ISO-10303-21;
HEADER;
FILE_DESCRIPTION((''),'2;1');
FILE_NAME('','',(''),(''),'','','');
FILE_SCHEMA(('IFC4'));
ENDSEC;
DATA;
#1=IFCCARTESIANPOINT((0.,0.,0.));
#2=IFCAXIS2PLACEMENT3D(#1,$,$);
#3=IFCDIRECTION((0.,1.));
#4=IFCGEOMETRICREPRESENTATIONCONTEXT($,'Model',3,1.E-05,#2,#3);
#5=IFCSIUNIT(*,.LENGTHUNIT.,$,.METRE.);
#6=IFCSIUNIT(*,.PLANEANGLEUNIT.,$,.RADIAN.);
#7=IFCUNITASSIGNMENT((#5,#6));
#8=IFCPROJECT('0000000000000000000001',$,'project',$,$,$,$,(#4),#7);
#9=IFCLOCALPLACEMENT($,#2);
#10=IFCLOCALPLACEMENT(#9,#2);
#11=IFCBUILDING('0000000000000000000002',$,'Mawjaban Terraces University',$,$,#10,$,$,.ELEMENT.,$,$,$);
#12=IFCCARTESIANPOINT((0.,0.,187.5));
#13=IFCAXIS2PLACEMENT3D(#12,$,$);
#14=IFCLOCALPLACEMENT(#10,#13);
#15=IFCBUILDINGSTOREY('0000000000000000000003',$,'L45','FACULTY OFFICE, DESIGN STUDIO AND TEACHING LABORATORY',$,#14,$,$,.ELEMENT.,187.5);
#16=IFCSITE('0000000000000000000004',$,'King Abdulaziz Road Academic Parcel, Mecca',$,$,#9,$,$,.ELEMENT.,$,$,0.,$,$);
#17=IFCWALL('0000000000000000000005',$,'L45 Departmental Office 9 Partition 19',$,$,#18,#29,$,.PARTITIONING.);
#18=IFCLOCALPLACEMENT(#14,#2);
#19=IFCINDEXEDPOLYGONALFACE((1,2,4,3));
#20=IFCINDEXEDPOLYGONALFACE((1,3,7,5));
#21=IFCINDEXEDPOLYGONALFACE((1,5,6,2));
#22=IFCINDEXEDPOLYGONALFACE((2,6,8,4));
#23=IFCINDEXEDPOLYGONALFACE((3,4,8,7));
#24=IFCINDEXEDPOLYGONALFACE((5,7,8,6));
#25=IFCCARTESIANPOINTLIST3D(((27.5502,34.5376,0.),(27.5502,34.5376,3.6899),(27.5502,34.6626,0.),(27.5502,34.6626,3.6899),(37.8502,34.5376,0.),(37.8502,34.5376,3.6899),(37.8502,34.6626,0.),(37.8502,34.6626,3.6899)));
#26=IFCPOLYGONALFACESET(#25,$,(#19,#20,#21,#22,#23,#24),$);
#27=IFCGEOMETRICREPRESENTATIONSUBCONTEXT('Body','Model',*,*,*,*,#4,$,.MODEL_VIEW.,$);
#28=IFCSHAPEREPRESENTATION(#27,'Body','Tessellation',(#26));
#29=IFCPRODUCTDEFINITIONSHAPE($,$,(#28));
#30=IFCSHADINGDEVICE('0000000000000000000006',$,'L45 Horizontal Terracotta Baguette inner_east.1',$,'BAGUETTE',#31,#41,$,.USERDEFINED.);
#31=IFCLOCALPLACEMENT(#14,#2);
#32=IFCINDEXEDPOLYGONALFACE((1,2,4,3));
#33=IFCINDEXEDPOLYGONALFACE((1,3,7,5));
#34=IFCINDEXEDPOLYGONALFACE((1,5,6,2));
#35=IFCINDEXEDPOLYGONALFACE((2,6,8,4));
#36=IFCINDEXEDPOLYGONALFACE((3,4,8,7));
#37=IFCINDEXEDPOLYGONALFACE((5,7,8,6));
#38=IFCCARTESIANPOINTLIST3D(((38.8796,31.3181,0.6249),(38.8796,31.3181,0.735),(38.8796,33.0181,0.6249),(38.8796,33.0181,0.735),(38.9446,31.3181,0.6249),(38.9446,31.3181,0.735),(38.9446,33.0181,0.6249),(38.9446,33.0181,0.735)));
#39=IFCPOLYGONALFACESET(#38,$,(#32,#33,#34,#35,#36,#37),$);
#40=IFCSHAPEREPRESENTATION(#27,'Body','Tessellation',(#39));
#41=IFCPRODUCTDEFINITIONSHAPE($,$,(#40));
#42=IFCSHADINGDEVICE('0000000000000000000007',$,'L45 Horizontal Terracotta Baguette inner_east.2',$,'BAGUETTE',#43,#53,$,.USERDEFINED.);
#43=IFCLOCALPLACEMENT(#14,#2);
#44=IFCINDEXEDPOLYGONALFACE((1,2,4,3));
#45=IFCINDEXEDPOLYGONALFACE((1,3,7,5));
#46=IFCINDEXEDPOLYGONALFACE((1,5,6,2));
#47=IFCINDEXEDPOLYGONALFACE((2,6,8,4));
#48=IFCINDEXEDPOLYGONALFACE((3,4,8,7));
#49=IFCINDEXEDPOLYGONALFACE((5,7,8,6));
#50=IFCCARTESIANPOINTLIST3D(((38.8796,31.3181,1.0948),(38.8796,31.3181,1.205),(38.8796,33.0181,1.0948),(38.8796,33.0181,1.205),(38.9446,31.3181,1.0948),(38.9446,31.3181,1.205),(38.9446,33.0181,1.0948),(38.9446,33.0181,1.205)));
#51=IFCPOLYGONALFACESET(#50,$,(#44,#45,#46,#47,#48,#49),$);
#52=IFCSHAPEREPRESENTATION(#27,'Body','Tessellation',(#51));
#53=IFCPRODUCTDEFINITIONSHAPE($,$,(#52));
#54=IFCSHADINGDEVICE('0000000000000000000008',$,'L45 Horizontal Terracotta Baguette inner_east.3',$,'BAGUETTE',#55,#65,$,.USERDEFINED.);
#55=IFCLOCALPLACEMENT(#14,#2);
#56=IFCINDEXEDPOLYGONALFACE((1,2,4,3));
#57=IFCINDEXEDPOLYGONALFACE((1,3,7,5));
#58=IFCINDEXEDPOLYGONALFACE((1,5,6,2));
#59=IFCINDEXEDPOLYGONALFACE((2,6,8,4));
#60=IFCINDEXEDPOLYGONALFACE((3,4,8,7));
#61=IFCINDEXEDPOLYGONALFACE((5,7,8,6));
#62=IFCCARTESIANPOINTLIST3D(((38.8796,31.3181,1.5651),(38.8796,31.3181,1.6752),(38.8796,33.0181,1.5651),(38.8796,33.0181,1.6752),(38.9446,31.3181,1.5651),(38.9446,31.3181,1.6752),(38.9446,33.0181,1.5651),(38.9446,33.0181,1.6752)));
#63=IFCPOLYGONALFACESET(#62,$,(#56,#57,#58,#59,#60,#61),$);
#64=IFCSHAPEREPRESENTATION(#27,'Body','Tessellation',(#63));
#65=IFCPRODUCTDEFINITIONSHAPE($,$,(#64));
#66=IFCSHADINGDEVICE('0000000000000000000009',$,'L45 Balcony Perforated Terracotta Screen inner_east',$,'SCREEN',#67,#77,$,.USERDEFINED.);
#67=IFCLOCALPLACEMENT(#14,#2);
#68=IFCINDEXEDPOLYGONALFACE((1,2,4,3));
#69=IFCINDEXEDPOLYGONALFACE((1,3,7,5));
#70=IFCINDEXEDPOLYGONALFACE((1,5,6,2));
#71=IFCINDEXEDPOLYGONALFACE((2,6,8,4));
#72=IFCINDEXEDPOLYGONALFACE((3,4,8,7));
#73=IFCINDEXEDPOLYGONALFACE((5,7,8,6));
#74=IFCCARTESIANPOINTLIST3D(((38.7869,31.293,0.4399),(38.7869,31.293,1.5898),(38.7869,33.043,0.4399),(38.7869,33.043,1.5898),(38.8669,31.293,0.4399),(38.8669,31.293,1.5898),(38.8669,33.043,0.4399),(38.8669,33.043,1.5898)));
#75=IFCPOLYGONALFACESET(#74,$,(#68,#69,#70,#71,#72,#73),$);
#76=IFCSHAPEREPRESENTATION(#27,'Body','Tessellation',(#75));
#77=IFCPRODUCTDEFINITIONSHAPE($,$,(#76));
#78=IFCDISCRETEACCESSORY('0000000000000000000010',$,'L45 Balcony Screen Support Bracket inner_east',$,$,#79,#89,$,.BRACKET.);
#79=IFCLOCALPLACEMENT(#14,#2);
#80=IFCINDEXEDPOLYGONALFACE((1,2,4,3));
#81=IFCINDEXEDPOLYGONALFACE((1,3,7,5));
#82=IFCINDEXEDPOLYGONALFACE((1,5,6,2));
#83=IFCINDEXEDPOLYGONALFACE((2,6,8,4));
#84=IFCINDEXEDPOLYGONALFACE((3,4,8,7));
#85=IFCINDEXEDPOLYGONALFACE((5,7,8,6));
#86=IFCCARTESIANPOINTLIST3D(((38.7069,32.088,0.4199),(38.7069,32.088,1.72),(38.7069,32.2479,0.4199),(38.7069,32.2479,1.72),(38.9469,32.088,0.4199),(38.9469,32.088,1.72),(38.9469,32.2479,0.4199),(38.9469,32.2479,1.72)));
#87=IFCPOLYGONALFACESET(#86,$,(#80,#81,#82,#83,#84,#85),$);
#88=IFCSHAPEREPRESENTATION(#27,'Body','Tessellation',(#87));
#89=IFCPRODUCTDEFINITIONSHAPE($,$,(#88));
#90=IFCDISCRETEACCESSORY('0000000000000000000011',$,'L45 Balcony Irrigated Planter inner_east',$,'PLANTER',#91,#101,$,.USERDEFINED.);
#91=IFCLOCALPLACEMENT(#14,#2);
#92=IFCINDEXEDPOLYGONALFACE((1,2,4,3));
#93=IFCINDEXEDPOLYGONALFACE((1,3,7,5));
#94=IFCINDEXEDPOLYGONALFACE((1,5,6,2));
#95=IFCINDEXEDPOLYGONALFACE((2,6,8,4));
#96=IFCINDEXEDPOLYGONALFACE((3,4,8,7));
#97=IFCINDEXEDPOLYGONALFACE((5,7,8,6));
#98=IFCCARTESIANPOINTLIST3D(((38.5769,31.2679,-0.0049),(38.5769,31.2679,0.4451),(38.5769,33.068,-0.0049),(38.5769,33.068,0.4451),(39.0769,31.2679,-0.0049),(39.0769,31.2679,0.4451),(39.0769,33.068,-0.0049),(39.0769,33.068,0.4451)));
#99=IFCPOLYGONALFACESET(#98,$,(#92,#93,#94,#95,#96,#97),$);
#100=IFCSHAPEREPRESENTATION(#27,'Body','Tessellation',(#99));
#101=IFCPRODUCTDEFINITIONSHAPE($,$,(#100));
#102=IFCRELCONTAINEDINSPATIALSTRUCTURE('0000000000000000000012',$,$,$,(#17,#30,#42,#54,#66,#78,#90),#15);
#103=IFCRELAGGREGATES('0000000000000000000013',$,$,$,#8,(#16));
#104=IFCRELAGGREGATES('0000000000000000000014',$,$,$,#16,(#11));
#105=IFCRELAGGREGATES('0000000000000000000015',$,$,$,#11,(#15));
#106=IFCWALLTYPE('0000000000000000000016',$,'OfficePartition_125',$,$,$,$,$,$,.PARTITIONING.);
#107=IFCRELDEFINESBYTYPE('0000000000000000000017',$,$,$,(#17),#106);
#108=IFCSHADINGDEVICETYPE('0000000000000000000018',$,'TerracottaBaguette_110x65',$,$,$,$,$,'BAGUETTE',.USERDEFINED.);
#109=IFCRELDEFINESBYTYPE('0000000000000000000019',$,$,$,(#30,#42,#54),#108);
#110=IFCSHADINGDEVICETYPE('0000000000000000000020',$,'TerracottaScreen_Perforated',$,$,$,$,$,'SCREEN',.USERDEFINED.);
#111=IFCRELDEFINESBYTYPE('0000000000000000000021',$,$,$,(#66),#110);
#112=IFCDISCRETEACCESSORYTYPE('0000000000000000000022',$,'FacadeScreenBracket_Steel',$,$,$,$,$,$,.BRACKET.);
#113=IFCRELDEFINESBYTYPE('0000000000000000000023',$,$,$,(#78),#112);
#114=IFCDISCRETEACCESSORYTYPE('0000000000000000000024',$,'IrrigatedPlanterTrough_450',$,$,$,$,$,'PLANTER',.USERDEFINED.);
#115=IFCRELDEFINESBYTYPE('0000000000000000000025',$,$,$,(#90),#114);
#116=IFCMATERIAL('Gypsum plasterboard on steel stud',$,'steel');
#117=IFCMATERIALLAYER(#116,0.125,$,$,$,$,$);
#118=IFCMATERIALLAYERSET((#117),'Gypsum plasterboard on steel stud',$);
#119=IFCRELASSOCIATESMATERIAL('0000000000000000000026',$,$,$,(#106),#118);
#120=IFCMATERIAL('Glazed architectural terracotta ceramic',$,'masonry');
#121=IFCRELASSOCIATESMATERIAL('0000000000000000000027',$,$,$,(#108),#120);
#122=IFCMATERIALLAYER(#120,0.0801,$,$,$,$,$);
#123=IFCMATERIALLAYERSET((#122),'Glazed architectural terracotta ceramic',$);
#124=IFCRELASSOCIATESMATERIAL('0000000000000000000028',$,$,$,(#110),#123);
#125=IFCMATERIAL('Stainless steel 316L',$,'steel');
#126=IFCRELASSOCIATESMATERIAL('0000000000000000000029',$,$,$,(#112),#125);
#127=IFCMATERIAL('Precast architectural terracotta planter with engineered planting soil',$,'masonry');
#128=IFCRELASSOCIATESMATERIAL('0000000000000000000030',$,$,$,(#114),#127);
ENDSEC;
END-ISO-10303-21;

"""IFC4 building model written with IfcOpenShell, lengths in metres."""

from ifc_helpers import new_model, si_unit, direction, frame, frame_2d, origin, origin_2d, place, context, subcontext, project, spatial, rectangle, extrude, material, layer, layer_set, material_profile, profile_set, type_object, element, save


model = new_model("IFC4")

# Units and contexts
model_context = context("Model", 3, precision=1e-05, world=origin(), true_north=direction((0.0, 1.0)))
body_context = subcontext(model_context, "Body", "Model", "MODEL_VIEW")
ifc_project = project(units=[si_unit("LENGTHUNIT", "METRE"), si_unit("PLANEANGLEUNIT", "RADIAN")], contexts=[model_context])

# Site, building, storey
site_placement = place(None, origin())
site = spatial("IfcSite", under=ifc_project, at=site_placement, Name="King Abdulaziz Road Academic Parcel, Mecca", CompositionType="ELEMENT", RefElevation=0.0)
building_placement = place(site_placement, origin())
building = spatial("IfcBuilding", under=site, at=building_placement, Name="Mawjaban Terraces University", CompositionType="ELEMENT")
storey_placement = place(building_placement, frame((0.0, 0.0, 187.5)))
storey = spatial("IfcBuildingStorey", under=building, at=storey_placement, Name="L45", Description="FACULTY OFFICE, DESIGN STUDIO AND TEACHING LABORATORY", CompositionType="ELEMENT", Elevation=187.5)

# Wall
ifc_material_1 = material(Name="Gypsum plasterboard on steel stud", Category="steel")
ifc_layer_1 = layer(ifc_material_1, 0.125)
ifc_layer_set_1 = layer_set([ifc_layer_1], Name="Gypsum plasterboard on steel stud")
wall_type_1 = type_object("IfcWallType", Name="OfficePartition_125", PredefinedType="PARTITIONING", material=ifc_layer_set_1)
wall_1_placement = place(storey_placement, frame((37.8501, 34.6001, 0.0), z_axis=(0.0, 0.0, 1.0), x_axis=(-1.0, 0.0, 0.0)))
element("IfcWall", 1, at=wall_1_placement, inside=storey, type_object=wall_type_1, Name="L45 Departmental Office 9 Partition 19", PredefinedType="PARTITIONING", context=body_context, shape_type="SweptSolid", body=[
    extrude(rectangle(XDim=10.3, YDim=0.125, at=frame_2d((5.1499, 0.0))), origin(), (0.0, 0.0, 1.0), 3.6899),
])

# Shading devices
ifc_material_2 = material(Name="Glazed architectural terracotta ceramic", Category="masonry")
ifc_material_profile_1 = material_profile(ifc_material_2, rectangle(XDim=0.0649, YDim=0.1101, at=origin_2d()), Name="TBAG110X65")
ifc_profile_set_1 = profile_set([ifc_material_profile_1], Name="Glazed architectural terracotta ceramic")
shading_device_type_1 = type_object("IfcShadingDeviceType", Name="TerracottaBaguette_110x65", ElementType="BAGUETTE", PredefinedType="USERDEFINED", material=ifc_profile_set_1)
for number, where, z_axis, x_axis, name in (
    (2, (38.9121, 31.3181, 0.6799), (0.0, 1.0, 0.0), (-1.0, 0.0, 0.0), "L45 Horizontal Terracotta Baguette inner_east.1"),
    (3, (38.9121, 31.3181, 1.1499), (0.0, 1.0, 0.0), (-1.0, 0.0, 0.0), "L45 Horizontal Terracotta Baguette inner_east.2"),
    (4, (38.9121, 31.3181, 1.6201), (0.0, 1.0, 0.0), (-1.0, 0.0, 0.0), "L45 Horizontal Terracotta Baguette inner_east.3"),
):
    element("IfcShadingDevice", number, at=place(storey_placement, frame(where, z_axis=z_axis, x_axis=x_axis)), inside=storey, type_object=shading_device_type_1, Name=name, ObjectType="BAGUETTE", PredefinedType="USERDEFINED", context=body_context, shape_type="SweptSolid", body=[
        extrude(rectangle(XDim=0.0649, YDim=0.1101, at=origin_2d()), origin(), (0.0, 0.0, 1.0), 1.7),
    ])
ifc_layer_2 = layer(ifc_material_2, 0.0801)
ifc_layer_set_2 = layer_set([ifc_layer_2], Name="Glazed architectural terracotta ceramic")
shading_device_type_2 = type_object("IfcShadingDeviceType", Name="TerracottaScreen_Perforated", ElementType="SCREEN", PredefinedType="USERDEFINED", material=ifc_layer_set_2)
shading_device_placement = place(storey_placement, frame((38.8269, 32.168, 0.4399), z_axis=(0.0, 0.0, 1.0), x_axis=(0.0, 1.0, 0.0)))
element("IfcShadingDevice", 5, at=shading_device_placement, inside=storey, type_object=shading_device_type_2, Name="L45 Balcony Perforated Terracotta Screen inner_east", ObjectType="SCREEN", PredefinedType="USERDEFINED", context=body_context, shape_type="SweptSolid", body=[
    extrude(rectangle(XDim=1.75, YDim=0.0801, at=origin_2d()), origin(), (0.0, 0.0, 1.0), 1.1499),
])

# Discrete accessories
ifc_material_3 = material(Name="Stainless steel 316L", Category="steel")
discrete_accessory_type_1 = type_object("IfcDiscreteAccessoryType", Name="FacadeScreenBracket_Steel", PredefinedType="BRACKET", material=ifc_material_3)
discrete_accessory_1_placement = place(storey_placement, frame((38.8269, 32.168, 0.4199), z_axis=(0.0, 0.0, 1.0), x_axis=(0.0, 1.0, 0.0)))
element("IfcDiscreteAccessory", 6, at=discrete_accessory_1_placement, inside=storey, type_object=discrete_accessory_type_1, Name="L45 Balcony Screen Support Bracket inner_east", PredefinedType="BRACKET", context=body_context, shape_type="SweptSolid", body=[
    extrude(rectangle(XDim=0.1599, YDim=0.24, at=origin_2d()), origin(), (0.0, 0.0, 1.0), 1.3),
])
ifc_material_4 = material(Name="Precast architectural terracotta planter with engineered planting soil", Category="masonry")
discrete_accessory_type_2 = type_object("IfcDiscreteAccessoryType", Name="IrrigatedPlanterTrough_450", ElementType="PLANTER", PredefinedType="USERDEFINED", material=ifc_material_4)
discrete_accessory_2_placement = place(storey_placement, frame((38.8269, 32.168, -0.0049), z_axis=(0.0, 0.0, 1.0), x_axis=(0.0, 1.0, 0.0)))
element("IfcDiscreteAccessory", 7, at=discrete_accessory_2_placement, inside=storey, type_object=discrete_accessory_type_2, Name="L45 Balcony Irrigated Planter inner_east", ObjectType="PLANTER", PredefinedType="USERDEFINED", context=body_context, shape_type="SweptSolid", body=[
    extrude(rectangle(XDim=1.8, YDim=0.5, at=origin_2d()), origin(), (0.0, 0.0, 1.0), 0.45),
])

save(model, "model.ifc")
